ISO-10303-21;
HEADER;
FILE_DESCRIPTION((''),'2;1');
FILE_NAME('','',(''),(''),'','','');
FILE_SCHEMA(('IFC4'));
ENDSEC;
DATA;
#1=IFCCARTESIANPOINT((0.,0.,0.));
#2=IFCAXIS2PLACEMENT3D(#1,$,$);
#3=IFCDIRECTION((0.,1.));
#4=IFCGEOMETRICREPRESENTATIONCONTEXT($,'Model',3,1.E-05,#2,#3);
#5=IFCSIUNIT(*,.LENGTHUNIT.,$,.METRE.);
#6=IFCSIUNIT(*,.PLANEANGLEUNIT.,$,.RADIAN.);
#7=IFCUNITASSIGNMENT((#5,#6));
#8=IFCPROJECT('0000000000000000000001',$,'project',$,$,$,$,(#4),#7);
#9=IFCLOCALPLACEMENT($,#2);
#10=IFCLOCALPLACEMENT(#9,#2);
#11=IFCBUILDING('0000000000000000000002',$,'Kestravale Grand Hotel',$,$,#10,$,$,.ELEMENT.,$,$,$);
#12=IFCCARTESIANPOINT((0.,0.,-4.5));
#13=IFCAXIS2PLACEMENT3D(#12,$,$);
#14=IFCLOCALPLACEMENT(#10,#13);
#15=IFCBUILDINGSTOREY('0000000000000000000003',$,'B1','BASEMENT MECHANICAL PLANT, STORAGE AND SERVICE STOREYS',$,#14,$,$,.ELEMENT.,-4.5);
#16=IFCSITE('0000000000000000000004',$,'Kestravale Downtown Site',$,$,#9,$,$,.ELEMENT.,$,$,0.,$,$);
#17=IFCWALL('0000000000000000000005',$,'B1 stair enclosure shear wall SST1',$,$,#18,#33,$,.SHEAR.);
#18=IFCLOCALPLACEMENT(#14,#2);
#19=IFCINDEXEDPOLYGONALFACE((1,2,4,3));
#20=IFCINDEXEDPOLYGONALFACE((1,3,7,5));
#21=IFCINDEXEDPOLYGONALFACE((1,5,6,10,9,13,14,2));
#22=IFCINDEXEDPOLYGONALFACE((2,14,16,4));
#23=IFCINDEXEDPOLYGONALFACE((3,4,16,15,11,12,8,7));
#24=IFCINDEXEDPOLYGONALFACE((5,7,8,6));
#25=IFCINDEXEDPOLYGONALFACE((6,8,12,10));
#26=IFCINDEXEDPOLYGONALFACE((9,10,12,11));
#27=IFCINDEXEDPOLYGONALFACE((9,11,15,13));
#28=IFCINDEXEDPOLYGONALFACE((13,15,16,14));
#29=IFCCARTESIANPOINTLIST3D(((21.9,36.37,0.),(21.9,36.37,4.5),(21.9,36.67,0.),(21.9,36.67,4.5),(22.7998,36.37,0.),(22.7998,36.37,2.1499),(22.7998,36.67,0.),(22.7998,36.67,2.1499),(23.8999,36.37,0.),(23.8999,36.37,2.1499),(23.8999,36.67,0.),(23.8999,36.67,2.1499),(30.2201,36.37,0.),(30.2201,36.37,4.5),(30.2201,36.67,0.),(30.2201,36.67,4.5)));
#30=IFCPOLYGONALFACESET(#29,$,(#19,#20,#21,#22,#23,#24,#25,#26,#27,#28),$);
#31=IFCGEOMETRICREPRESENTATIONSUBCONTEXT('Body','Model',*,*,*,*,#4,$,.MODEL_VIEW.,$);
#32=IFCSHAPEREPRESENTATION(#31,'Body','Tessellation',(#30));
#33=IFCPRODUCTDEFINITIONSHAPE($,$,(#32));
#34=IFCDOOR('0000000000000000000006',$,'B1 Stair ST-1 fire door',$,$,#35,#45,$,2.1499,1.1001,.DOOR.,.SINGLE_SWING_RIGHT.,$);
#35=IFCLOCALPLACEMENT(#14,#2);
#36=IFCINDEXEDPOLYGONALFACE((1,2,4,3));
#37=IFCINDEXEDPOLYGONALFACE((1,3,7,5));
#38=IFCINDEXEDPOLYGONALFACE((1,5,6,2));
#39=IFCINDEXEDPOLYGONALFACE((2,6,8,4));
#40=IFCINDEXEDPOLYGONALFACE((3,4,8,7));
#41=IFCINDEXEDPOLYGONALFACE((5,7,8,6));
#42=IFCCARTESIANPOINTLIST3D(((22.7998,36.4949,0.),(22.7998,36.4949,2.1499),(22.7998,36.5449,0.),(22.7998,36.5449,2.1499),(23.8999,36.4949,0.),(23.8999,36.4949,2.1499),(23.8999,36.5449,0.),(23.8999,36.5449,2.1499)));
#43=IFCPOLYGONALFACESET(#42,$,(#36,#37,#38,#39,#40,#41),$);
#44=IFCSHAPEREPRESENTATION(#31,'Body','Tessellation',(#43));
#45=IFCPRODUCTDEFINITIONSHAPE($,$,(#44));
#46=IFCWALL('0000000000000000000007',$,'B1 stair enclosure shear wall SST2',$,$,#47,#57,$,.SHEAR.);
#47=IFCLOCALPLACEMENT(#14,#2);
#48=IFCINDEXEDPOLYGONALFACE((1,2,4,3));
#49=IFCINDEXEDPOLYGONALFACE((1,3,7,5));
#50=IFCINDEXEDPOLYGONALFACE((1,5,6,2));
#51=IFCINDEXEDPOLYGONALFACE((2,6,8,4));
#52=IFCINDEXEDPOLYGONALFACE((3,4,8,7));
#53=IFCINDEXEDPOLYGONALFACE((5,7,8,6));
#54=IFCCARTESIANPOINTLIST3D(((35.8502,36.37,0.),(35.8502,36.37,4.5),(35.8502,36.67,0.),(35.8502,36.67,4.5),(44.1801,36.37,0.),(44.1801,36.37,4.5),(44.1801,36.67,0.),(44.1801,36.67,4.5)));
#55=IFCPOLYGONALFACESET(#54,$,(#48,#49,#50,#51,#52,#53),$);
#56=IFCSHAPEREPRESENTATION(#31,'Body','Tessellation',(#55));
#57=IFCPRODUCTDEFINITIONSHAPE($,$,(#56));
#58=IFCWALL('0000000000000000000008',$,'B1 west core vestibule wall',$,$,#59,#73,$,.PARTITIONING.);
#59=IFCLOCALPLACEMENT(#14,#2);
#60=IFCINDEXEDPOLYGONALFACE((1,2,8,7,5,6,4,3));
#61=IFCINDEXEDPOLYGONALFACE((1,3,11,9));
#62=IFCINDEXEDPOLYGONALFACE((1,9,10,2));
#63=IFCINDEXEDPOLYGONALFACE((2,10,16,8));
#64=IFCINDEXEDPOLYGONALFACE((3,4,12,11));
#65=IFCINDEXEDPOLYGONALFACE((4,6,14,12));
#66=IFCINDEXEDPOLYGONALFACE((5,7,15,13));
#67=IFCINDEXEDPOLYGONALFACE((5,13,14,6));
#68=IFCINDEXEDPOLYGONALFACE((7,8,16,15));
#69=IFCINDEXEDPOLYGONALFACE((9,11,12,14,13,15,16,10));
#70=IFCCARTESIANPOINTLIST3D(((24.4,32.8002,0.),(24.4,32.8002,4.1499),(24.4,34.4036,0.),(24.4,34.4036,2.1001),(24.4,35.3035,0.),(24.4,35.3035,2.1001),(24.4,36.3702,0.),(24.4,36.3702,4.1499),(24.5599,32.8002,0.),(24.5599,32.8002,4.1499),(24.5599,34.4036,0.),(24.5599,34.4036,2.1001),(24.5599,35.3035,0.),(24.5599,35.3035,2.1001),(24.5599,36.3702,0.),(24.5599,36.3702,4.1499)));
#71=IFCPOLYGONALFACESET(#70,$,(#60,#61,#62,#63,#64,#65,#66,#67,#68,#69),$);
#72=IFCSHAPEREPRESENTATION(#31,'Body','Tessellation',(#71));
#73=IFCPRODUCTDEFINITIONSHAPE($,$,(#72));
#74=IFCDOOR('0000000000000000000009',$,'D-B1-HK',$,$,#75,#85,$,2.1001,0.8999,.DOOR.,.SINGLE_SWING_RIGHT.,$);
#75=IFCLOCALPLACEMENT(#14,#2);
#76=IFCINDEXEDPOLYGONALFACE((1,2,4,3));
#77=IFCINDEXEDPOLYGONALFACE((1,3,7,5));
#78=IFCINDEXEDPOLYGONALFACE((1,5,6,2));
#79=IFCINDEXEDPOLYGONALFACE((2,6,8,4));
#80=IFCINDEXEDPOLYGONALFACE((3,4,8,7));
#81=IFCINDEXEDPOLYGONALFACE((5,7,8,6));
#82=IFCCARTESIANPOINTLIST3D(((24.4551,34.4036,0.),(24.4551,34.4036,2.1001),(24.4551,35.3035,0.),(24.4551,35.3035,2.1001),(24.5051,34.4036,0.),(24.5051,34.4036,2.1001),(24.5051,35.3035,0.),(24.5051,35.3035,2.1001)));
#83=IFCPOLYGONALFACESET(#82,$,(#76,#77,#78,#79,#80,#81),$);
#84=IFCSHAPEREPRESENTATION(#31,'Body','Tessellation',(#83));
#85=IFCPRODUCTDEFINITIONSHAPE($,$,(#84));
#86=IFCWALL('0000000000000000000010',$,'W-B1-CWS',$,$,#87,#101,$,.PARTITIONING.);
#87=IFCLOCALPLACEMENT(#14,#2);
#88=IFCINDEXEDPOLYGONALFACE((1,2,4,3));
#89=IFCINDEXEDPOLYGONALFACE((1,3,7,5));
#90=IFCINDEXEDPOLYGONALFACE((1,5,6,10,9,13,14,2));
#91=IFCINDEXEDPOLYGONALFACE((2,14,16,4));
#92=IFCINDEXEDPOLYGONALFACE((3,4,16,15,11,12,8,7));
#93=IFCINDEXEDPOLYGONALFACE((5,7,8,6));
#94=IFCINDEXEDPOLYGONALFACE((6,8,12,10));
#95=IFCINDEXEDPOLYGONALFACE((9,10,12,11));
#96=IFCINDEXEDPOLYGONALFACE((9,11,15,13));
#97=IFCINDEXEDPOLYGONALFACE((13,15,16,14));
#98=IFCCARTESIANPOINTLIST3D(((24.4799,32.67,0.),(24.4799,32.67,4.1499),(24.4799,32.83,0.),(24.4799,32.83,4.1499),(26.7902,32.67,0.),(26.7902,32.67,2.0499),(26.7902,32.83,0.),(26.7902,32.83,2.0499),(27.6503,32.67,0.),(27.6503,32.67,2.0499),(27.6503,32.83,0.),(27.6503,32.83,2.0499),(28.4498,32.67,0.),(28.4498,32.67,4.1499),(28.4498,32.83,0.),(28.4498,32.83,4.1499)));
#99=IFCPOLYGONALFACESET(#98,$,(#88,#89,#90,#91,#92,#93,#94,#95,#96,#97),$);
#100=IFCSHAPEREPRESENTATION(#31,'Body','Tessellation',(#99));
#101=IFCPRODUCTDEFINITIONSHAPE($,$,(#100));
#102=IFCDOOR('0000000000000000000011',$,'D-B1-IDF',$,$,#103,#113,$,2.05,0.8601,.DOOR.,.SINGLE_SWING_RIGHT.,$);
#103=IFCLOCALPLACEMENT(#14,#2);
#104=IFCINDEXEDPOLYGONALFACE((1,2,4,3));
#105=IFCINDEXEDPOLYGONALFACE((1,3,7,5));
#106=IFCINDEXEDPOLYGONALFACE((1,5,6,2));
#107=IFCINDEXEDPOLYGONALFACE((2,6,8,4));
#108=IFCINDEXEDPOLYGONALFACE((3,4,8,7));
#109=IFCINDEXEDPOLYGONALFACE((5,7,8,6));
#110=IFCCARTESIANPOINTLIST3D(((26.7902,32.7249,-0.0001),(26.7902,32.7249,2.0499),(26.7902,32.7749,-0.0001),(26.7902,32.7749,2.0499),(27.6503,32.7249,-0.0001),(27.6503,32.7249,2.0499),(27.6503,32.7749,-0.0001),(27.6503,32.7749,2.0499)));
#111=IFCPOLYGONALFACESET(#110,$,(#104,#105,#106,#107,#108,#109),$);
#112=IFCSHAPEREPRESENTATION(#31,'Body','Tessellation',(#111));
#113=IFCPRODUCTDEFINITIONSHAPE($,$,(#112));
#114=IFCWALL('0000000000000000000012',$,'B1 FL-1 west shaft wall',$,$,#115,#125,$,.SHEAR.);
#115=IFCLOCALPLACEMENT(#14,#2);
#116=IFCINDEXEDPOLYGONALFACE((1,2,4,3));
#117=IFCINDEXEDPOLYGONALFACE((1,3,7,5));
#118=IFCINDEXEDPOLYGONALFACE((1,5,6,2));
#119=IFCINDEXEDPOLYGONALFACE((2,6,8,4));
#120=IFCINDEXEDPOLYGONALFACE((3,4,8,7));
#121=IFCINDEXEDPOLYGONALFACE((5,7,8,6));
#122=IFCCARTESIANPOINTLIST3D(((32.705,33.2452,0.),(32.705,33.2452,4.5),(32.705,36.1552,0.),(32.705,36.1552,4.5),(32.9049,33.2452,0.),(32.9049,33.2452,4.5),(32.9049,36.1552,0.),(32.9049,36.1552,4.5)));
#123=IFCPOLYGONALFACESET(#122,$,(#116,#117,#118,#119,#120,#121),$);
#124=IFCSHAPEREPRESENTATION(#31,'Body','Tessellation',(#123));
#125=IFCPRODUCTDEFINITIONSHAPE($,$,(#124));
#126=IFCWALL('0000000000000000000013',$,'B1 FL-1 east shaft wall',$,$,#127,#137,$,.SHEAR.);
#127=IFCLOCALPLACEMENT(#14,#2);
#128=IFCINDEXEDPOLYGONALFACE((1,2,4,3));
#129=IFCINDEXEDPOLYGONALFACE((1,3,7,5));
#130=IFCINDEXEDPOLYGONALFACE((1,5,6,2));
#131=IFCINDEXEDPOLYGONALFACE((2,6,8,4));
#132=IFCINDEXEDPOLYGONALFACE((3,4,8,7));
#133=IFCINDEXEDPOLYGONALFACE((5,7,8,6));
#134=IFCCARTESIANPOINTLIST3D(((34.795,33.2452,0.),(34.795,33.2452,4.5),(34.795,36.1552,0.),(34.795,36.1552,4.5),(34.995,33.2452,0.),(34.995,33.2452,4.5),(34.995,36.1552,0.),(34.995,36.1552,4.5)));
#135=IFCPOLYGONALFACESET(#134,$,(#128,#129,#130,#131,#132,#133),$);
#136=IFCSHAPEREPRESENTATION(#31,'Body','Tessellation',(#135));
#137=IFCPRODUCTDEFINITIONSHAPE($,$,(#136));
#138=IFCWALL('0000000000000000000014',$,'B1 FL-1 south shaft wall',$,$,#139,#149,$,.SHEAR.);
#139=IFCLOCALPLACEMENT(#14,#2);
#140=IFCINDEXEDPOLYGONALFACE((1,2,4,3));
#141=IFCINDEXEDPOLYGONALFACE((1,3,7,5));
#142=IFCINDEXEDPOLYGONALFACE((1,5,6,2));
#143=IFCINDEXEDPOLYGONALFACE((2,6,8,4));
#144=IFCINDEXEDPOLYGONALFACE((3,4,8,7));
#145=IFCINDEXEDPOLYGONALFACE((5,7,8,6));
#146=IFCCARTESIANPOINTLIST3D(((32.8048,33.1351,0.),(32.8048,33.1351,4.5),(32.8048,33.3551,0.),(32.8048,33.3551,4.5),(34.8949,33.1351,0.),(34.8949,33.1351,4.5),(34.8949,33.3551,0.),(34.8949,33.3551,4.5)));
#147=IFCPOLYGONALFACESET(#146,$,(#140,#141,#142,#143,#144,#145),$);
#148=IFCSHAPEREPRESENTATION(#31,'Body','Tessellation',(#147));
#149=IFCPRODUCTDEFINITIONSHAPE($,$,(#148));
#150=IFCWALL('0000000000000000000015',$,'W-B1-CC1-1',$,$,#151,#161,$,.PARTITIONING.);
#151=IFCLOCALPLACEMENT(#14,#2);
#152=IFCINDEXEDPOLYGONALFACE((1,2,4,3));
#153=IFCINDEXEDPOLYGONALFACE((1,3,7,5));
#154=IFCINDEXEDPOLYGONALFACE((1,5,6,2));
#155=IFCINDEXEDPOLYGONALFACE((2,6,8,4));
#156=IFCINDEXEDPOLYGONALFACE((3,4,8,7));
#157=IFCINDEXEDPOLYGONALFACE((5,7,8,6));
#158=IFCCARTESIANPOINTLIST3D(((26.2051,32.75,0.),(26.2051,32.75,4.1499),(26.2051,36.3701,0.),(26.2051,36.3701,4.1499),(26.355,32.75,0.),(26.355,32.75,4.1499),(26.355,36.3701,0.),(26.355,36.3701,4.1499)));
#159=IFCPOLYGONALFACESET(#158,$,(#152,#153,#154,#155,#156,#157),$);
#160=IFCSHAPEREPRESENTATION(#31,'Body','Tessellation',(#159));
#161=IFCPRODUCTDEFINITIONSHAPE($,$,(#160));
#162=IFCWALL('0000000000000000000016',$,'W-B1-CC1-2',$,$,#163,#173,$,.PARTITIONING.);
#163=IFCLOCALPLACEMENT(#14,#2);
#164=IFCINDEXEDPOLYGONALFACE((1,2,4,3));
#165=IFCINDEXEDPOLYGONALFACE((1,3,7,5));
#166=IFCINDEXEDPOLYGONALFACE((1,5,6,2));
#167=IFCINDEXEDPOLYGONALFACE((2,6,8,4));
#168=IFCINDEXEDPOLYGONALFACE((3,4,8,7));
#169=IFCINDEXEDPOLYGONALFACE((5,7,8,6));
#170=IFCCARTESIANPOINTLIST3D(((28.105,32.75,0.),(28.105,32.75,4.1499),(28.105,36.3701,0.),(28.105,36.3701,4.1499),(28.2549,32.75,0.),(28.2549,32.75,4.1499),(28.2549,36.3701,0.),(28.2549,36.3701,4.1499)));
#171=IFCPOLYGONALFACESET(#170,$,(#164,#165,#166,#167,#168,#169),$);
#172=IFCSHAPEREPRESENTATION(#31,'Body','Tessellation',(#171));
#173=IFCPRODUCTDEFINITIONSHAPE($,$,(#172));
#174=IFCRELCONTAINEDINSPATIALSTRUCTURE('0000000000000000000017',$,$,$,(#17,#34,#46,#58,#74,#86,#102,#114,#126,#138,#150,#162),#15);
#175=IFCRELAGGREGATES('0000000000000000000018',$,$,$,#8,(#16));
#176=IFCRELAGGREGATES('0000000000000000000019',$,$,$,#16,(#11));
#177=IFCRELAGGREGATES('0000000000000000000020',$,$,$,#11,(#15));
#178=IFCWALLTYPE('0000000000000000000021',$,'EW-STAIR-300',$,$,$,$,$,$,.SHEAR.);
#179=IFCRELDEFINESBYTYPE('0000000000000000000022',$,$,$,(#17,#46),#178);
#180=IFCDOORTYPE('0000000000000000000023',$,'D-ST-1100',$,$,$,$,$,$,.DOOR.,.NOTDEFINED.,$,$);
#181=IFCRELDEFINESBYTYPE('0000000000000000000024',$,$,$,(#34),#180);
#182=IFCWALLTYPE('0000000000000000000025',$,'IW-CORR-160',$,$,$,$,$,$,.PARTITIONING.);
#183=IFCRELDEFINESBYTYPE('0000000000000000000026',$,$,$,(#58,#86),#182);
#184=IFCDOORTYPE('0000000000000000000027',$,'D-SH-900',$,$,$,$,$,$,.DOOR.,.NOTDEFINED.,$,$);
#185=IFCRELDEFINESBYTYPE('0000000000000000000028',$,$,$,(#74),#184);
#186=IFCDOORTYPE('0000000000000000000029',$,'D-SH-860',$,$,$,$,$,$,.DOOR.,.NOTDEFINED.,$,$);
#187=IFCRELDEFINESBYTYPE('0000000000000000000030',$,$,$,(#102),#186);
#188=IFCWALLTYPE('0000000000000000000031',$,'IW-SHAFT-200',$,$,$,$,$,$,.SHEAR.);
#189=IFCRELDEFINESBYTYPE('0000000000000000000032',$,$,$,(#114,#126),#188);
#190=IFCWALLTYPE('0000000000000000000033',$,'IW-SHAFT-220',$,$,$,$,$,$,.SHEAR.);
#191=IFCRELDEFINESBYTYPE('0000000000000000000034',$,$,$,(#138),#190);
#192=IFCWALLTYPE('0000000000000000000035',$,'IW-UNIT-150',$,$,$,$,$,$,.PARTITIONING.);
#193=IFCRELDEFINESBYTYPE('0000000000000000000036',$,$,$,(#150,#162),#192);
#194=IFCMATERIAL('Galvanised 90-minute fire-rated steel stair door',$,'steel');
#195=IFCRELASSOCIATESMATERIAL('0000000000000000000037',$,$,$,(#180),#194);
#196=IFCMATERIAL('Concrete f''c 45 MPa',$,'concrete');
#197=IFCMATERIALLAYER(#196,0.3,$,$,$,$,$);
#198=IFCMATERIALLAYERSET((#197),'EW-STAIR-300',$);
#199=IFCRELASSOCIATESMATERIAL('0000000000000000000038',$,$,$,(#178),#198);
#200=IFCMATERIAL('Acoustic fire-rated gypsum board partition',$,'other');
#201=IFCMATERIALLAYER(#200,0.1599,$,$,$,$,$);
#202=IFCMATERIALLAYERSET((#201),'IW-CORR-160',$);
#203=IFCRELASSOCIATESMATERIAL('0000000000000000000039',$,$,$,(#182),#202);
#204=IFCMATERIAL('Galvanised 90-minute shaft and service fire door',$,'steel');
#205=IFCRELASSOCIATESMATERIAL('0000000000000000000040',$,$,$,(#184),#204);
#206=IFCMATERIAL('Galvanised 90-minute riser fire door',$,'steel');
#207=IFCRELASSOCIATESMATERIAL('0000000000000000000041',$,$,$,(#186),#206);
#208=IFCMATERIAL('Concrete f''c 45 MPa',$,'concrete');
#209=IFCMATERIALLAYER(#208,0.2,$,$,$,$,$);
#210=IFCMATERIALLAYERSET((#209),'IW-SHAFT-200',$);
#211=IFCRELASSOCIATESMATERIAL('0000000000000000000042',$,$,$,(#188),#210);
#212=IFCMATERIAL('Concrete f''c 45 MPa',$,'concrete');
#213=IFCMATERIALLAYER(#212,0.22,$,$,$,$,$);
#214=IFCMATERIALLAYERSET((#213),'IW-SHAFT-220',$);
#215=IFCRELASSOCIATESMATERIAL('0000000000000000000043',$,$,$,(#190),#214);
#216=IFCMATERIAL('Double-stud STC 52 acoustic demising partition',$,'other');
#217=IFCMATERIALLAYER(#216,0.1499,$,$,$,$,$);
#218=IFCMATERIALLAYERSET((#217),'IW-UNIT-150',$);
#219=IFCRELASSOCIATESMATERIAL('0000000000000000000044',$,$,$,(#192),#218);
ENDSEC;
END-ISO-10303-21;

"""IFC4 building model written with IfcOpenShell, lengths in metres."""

from ifc_helpers import new_model, si_unit, direction, frame, frame_2d, origin, place, context, subcontext, project, spatial, rectangle, extrude, material, layer, layer_set, type_object, element, fill, save


model = new_model("IFC4")

# Units and contexts
model_context = context("Model", 3, precision=1e-05, world=origin(), true_north=direction((0.0, 1.0)))
body_context = subcontext(model_context, "Body", "Model", "MODEL_VIEW")
ifc_project = project(units=[si_unit("LENGTHUNIT", "METRE"), si_unit("PLANEANGLEUNIT", "RADIAN")], contexts=[model_context])

# Site, building, storey
site_placement = place(None, origin())
site = spatial("IfcSite", under=ifc_project, at=site_placement, Name="Kestravale Downtown Site", CompositionType="ELEMENT", RefElevation=0.0)
building_placement = place(site_placement, origin())
building = spatial("IfcBuilding", under=site, at=building_placement, Name="Kestravale Grand Hotel", CompositionType="ELEMENT")
storey_placement = place(building_placement, frame((0.0, 0.0, -4.5)))
storey = spatial("IfcBuildingStorey", under=building, at=storey_placement, Name="B1", Description="BASEMENT MECHANICAL PLANT, STORAGE AND SERVICE STOREYS", CompositionType="ELEMENT", Elevation=-4.5)

# Wall, opening, door
ifc_material_1 = material(Name="Galvanised 90-minute fire-rated steel stair door", Category="steel")
door_type_1 = type_object("IfcDoorType", Name="D-ST-1100", OperationType="NOTDEFINED", PredefinedType="DOOR", material=ifc_material_1)
ifc_material_2 = material(Name="Concrete f'c 45 MPa", Category="concrete")
ifc_layer_1 = layer(ifc_material_2, 0.3)
ifc_layer_set_1 = layer_set([ifc_layer_1], Name="EW-STAIR-300")
wall_type_1 = type_object("IfcWallType", Name="EW-STAIR-300", PredefinedType="SHEAR", material=ifc_layer_set_1)
wall_1_placement = place(storey_placement, frame((21.8999, 36.52, 0.0), z_axis=(0.0, 0.0, 1.0), x_axis=(1.0, 0.0, 0.0)))
wall_1 = element("IfcWall", 1, at=wall_1_placement, inside=storey, type_object=wall_type_1, Name="B1 stair enclosure shear wall SST1", PredefinedType="SHEAR", context=body_context, shape_type="SweptSolid", body=[
    extrude(rectangle(XDim=8.3201, YDim=0.3, at=frame_2d((4.1602, 0.0))), origin(), (0.0, 0.0, 1.0), 4.5),
])
opening_1_placement = place(wall_1_placement, frame((0.8999, 0.0, 0.0)))
opening_1 = element("IfcOpeningElement", 2, at=opening_1_placement, cuts=wall_1, PredefinedType="OPENING", context=body_context, shape_type="SweptSolid", body=[
    extrude(rectangle(XDim=1.1001, YDim=2.1499, at=frame_2d((0.55, 1.075))), frame((0.0, 0.1599, 0.0), z_axis=(0.0, -1.0, 0.0), x_axis=(1.0, 0.0, 0.0)), (0.0, 0.0, 1.0), 0.3201),
])
door_1_placement = place(opening_1_placement, origin())
door_1 = element("IfcDoor", 3, at=door_1_placement, inside=storey, type_object=door_type_1, Name="B1 Stair ST-1 fire door", OperationType="SINGLE_SWING_RIGHT", OverallHeight=2.1499, OverallWidth=1.1001, PredefinedType="DOOR", context=body_context, shape_type="SweptSolid", body=[
    extrude(rectangle(XDim=1.1001, YDim=2.1499, at=frame_2d((0.55, 1.075))), frame((0.0, 0.0249, 0.0), z_axis=(0.0, -1.0, 0.0), x_axis=(1.0, 0.0, 0.0)), (0.0, 0.0, 1.0), 0.05),
])
fill(opening_1, door_1)

# Wall
wall_2_placement = place(storey_placement, frame((35.8501, 36.52, 0.0), z_axis=(0.0, 0.0, 1.0), x_axis=(1.0, 0.0, 0.0)))
element("IfcWall", 4, at=wall_2_placement, inside=storey, type_object=wall_type_1, Name="B1 stair enclosure shear wall SST2", PredefinedType="SHEAR", context=body_context, shape_type="SweptSolid", body=[
    extrude(rectangle(XDim=8.3298, YDim=0.3, at=frame_2d((4.165, 0.0))), origin(), (0.0, 0.0, 1.0), 4.5),
])

# Walls, openings, doors
ifc_material_3 = material(Name="Acoustic fire-rated gypsum board partition", Category="other")
ifc_layer_2 = layer(ifc_material_3, 0.1599)
ifc_layer_set_2 = layer_set([ifc_layer_2], Name="IW-CORR-160")
wall_type_2 = type_object("IfcWallType", Name="IW-CORR-160", PredefinedType="PARTITIONING", material=ifc_layer_set_2)
wall_3_placement = place(storey_placement, frame((24.48, 32.8, 0.0), z_axis=(0.0, 0.0, 1.0), x_axis=(0.0, 1.0, 0.0)))
wall_3 = element("IfcWall", 5, at=wall_3_placement, inside=storey, type_object=wall_type_2, Name="B1 west core vestibule wall", PredefinedType="PARTITIONING", context=body_context, shape_type="SweptSolid", body=[
    extrude(rectangle(XDim=3.5701, YDim=0.1599, at=frame_2d((1.7852, 0.0))), origin(), (0.0, 0.0, 1.0), 4.1499),
])
opening_2_placement = place(wall_3_placement, frame((1.6035, 0.0, 0.0)))
opening_2 = element("IfcOpeningElement", 6, at=opening_2_placement, cuts=wall_3, PredefinedType="OPENING", context=body_context, shape_type="SweptSolid", body=[
    extrude(rectangle(XDim=0.8999, YDim=2.1001, at=frame_2d((0.45, 1.05))), frame((0.0, 0.0898, 0.0), z_axis=(0.0, -1.0, 0.0), x_axis=(1.0, 0.0, 0.0)), (0.0, 0.0, 1.0), 0.1799),
])
ifc_material_4 = material(Name="Galvanised 90-minute shaft and service fire door", Category="steel")
door_type_2 = type_object("IfcDoorType", Name="D-SH-900", OperationType="NOTDEFINED", PredefinedType="DOOR", material=ifc_material_4)
door_2_placement = place(opening_2_placement, origin())
door_2 = element("IfcDoor", 7, at=door_2_placement, inside=storey, type_object=door_type_2, Name="D-B1-HK", OperationType="SINGLE_SWING_RIGHT", OverallHeight=2.1001, OverallWidth=0.8999, PredefinedType="DOOR", context=body_context, shape_type="SweptSolid", body=[
    extrude(rectangle(XDim=0.8999, YDim=2.1001, at=frame_2d((0.45, 1.05))), frame((0.0, 0.0249, 0.0), z_axis=(0.0, -1.0, 0.0), x_axis=(1.0, 0.0, 0.0)), (0.0, 0.0, 1.0), 0.05),
])
fill(opening_2, door_2)
wall_4_placement = place(storey_placement, frame((24.48, 32.75, 0.0), z_axis=(0.0, 0.0, 1.0), x_axis=(1.0, 0.0, 0.0)))
wall_4 = element("IfcWall", 8, at=wall_4_placement, inside=storey, type_object=wall_type_2, Name="W-B1-CWS", PredefinedType="PARTITIONING", context=body_context, shape_type="SweptSolid", body=[
    extrude(rectangle(XDim=3.97, YDim=0.1599, at=frame_2d((1.9849, 0.0))), origin(), (0.0, 0.0, 1.0), 4.1499),
])
opening_3_placement = place(wall_4_placement, frame((2.3101, 0.0, 0.0)))
opening_3 = element("IfcOpeningElement", 9, at=opening_3_placement, cuts=wall_4, PredefinedType="OPENING", context=body_context, shape_type="SweptSolid", body=[
    extrude(rectangle(XDim=0.8601, YDim=2.05, at=frame_2d((0.4302, 1.0249))), frame((0.0, 0.0898, 0.0), z_axis=(0.0, -1.0, 0.0), x_axis=(1.0, 0.0, 0.0)), (0.0, 0.0, 1.0), 0.1799),
])
ifc_material_5 = material(Name="Galvanised 90-minute riser fire door", Category="steel")
door_type_3 = type_object("IfcDoorType", Name="D-SH-860", OperationType="NOTDEFINED", PredefinedType="DOOR", material=ifc_material_5)
door_3_placement = place(opening_3_placement, origin())
door_3 = element("IfcDoor", 10, at=door_3_placement, inside=storey, type_object=door_type_3, Name="D-B1-IDF", OperationType="SINGLE_SWING_RIGHT", OverallHeight=2.05, OverallWidth=0.8601, PredefinedType="DOOR", context=body_context, shape_type="SweptSolid", body=[
    extrude(rectangle(XDim=0.8601, YDim=2.05, at=frame_2d((0.4302, 1.0249))), frame((0.0, 0.0249, 0.0), z_axis=(0.0, -1.0, 0.0), x_axis=(1.0, 0.0, 0.0)), (0.0, 0.0, 1.0), 0.05),
])
fill(opening_3, door_3)

# Walls
ifc_material_6 = material(Name="Concrete f'c 45 MPa", Category="concrete")
ifc_layer_3 = layer(ifc_material_6, 0.2)
ifc_layer_set_3 = layer_set([ifc_layer_3], Name="IW-SHAFT-200")
wall_type_3 = type_object("IfcWallType", Name="IW-SHAFT-200", PredefinedType="SHEAR", material=ifc_layer_set_3)
for number, where, z_axis, x_axis, name in (
    (11, (32.8049, 33.2451, 0.0), (0.0, 0.0, 1.0), (0.0, 1.0, 0.0), "B1 FL-1 west shaft wall"),
    (12, (34.895, 33.2451, 0.0), (0.0, 0.0, 1.0), (0.0, 1.0, 0.0), "B1 FL-1 east shaft wall"),
):
    element("IfcWall", number, at=place(storey_placement, frame(where, z_axis=z_axis, x_axis=x_axis)), inside=storey, type_object=wall_type_3, Name=name, PredefinedType="SHEAR", context=body_context, shape_type="SweptSolid", body=[
        extrude(rectangle(XDim=2.9099, YDim=0.2, at=frame_2d((1.4551, 0.0))), origin(), (0.0, 0.0, 1.0), 4.5),
    ])

# Shared definitions
ifc_material_7 = material(Name="Concrete f'c 45 MPa", Category="concrete")
ifc_layer_4 = layer(ifc_material_7, 0.22)
ifc_layer_set_4 = layer_set([ifc_layer_4], Name="IW-SHAFT-220")
wall_type_4 = type_object("IfcWallType", Name="IW-SHAFT-220", PredefinedType="SHEAR", material=ifc_layer_set_4)

# Walls
wall_5_placement = place(storey_placement, frame((32.8049, 33.2451, 0.0), z_axis=(0.0, 0.0, 1.0), x_axis=(1.0, 0.0, 0.0)))
element("IfcWall", 13, at=wall_5_placement, inside=storey, type_object=wall_type_4, Name="B1 FL-1 south shaft wall", PredefinedType="SHEAR", context=body_context, shape_type="SweptSolid", body=[
    extrude(rectangle(XDim=2.0901, YDim=0.22, at=frame_2d((1.0449, 0.0))), origin(), (0.0, 0.0, 1.0), 4.5),
])
ifc_material_8 = material(Name="Double-stud STC 52 acoustic demising partition", Category="other")
ifc_layer_5 = layer(ifc_material_8, 0.1499)
ifc_layer_set_5 = layer_set([ifc_layer_5], Name="IW-UNIT-150")
wall_type_5 = type_object("IfcWallType", Name="IW-UNIT-150", PredefinedType="PARTITIONING", material=ifc_layer_set_5)
for number, where, z_axis, x_axis, name in (
    (14, (26.28, 32.75, 0.0), (0.0, 0.0, 1.0), (0.0, 1.0, 0.0), "W-B1-CC1-1"),
    (15, (28.1799, 32.75, 0.0), (0.0, 0.0, 1.0), (0.0, 1.0, 0.0), "W-B1-CC1-2"),
):
    element("IfcWall", number, at=place(storey_placement, frame(where, z_axis=z_axis, x_axis=x_axis)), inside=storey, type_object=wall_type_5, Name=name, PredefinedType="PARTITIONING", context=body_context, shape_type="SweptSolid", body=[
        extrude(rectangle(XDim=3.6201, YDim=0.1499, at=frame_2d((1.8101, 0.0))), origin(), (0.0, 0.0, 1.0), 4.1499),
    ])

save(model, "model.ifc")
